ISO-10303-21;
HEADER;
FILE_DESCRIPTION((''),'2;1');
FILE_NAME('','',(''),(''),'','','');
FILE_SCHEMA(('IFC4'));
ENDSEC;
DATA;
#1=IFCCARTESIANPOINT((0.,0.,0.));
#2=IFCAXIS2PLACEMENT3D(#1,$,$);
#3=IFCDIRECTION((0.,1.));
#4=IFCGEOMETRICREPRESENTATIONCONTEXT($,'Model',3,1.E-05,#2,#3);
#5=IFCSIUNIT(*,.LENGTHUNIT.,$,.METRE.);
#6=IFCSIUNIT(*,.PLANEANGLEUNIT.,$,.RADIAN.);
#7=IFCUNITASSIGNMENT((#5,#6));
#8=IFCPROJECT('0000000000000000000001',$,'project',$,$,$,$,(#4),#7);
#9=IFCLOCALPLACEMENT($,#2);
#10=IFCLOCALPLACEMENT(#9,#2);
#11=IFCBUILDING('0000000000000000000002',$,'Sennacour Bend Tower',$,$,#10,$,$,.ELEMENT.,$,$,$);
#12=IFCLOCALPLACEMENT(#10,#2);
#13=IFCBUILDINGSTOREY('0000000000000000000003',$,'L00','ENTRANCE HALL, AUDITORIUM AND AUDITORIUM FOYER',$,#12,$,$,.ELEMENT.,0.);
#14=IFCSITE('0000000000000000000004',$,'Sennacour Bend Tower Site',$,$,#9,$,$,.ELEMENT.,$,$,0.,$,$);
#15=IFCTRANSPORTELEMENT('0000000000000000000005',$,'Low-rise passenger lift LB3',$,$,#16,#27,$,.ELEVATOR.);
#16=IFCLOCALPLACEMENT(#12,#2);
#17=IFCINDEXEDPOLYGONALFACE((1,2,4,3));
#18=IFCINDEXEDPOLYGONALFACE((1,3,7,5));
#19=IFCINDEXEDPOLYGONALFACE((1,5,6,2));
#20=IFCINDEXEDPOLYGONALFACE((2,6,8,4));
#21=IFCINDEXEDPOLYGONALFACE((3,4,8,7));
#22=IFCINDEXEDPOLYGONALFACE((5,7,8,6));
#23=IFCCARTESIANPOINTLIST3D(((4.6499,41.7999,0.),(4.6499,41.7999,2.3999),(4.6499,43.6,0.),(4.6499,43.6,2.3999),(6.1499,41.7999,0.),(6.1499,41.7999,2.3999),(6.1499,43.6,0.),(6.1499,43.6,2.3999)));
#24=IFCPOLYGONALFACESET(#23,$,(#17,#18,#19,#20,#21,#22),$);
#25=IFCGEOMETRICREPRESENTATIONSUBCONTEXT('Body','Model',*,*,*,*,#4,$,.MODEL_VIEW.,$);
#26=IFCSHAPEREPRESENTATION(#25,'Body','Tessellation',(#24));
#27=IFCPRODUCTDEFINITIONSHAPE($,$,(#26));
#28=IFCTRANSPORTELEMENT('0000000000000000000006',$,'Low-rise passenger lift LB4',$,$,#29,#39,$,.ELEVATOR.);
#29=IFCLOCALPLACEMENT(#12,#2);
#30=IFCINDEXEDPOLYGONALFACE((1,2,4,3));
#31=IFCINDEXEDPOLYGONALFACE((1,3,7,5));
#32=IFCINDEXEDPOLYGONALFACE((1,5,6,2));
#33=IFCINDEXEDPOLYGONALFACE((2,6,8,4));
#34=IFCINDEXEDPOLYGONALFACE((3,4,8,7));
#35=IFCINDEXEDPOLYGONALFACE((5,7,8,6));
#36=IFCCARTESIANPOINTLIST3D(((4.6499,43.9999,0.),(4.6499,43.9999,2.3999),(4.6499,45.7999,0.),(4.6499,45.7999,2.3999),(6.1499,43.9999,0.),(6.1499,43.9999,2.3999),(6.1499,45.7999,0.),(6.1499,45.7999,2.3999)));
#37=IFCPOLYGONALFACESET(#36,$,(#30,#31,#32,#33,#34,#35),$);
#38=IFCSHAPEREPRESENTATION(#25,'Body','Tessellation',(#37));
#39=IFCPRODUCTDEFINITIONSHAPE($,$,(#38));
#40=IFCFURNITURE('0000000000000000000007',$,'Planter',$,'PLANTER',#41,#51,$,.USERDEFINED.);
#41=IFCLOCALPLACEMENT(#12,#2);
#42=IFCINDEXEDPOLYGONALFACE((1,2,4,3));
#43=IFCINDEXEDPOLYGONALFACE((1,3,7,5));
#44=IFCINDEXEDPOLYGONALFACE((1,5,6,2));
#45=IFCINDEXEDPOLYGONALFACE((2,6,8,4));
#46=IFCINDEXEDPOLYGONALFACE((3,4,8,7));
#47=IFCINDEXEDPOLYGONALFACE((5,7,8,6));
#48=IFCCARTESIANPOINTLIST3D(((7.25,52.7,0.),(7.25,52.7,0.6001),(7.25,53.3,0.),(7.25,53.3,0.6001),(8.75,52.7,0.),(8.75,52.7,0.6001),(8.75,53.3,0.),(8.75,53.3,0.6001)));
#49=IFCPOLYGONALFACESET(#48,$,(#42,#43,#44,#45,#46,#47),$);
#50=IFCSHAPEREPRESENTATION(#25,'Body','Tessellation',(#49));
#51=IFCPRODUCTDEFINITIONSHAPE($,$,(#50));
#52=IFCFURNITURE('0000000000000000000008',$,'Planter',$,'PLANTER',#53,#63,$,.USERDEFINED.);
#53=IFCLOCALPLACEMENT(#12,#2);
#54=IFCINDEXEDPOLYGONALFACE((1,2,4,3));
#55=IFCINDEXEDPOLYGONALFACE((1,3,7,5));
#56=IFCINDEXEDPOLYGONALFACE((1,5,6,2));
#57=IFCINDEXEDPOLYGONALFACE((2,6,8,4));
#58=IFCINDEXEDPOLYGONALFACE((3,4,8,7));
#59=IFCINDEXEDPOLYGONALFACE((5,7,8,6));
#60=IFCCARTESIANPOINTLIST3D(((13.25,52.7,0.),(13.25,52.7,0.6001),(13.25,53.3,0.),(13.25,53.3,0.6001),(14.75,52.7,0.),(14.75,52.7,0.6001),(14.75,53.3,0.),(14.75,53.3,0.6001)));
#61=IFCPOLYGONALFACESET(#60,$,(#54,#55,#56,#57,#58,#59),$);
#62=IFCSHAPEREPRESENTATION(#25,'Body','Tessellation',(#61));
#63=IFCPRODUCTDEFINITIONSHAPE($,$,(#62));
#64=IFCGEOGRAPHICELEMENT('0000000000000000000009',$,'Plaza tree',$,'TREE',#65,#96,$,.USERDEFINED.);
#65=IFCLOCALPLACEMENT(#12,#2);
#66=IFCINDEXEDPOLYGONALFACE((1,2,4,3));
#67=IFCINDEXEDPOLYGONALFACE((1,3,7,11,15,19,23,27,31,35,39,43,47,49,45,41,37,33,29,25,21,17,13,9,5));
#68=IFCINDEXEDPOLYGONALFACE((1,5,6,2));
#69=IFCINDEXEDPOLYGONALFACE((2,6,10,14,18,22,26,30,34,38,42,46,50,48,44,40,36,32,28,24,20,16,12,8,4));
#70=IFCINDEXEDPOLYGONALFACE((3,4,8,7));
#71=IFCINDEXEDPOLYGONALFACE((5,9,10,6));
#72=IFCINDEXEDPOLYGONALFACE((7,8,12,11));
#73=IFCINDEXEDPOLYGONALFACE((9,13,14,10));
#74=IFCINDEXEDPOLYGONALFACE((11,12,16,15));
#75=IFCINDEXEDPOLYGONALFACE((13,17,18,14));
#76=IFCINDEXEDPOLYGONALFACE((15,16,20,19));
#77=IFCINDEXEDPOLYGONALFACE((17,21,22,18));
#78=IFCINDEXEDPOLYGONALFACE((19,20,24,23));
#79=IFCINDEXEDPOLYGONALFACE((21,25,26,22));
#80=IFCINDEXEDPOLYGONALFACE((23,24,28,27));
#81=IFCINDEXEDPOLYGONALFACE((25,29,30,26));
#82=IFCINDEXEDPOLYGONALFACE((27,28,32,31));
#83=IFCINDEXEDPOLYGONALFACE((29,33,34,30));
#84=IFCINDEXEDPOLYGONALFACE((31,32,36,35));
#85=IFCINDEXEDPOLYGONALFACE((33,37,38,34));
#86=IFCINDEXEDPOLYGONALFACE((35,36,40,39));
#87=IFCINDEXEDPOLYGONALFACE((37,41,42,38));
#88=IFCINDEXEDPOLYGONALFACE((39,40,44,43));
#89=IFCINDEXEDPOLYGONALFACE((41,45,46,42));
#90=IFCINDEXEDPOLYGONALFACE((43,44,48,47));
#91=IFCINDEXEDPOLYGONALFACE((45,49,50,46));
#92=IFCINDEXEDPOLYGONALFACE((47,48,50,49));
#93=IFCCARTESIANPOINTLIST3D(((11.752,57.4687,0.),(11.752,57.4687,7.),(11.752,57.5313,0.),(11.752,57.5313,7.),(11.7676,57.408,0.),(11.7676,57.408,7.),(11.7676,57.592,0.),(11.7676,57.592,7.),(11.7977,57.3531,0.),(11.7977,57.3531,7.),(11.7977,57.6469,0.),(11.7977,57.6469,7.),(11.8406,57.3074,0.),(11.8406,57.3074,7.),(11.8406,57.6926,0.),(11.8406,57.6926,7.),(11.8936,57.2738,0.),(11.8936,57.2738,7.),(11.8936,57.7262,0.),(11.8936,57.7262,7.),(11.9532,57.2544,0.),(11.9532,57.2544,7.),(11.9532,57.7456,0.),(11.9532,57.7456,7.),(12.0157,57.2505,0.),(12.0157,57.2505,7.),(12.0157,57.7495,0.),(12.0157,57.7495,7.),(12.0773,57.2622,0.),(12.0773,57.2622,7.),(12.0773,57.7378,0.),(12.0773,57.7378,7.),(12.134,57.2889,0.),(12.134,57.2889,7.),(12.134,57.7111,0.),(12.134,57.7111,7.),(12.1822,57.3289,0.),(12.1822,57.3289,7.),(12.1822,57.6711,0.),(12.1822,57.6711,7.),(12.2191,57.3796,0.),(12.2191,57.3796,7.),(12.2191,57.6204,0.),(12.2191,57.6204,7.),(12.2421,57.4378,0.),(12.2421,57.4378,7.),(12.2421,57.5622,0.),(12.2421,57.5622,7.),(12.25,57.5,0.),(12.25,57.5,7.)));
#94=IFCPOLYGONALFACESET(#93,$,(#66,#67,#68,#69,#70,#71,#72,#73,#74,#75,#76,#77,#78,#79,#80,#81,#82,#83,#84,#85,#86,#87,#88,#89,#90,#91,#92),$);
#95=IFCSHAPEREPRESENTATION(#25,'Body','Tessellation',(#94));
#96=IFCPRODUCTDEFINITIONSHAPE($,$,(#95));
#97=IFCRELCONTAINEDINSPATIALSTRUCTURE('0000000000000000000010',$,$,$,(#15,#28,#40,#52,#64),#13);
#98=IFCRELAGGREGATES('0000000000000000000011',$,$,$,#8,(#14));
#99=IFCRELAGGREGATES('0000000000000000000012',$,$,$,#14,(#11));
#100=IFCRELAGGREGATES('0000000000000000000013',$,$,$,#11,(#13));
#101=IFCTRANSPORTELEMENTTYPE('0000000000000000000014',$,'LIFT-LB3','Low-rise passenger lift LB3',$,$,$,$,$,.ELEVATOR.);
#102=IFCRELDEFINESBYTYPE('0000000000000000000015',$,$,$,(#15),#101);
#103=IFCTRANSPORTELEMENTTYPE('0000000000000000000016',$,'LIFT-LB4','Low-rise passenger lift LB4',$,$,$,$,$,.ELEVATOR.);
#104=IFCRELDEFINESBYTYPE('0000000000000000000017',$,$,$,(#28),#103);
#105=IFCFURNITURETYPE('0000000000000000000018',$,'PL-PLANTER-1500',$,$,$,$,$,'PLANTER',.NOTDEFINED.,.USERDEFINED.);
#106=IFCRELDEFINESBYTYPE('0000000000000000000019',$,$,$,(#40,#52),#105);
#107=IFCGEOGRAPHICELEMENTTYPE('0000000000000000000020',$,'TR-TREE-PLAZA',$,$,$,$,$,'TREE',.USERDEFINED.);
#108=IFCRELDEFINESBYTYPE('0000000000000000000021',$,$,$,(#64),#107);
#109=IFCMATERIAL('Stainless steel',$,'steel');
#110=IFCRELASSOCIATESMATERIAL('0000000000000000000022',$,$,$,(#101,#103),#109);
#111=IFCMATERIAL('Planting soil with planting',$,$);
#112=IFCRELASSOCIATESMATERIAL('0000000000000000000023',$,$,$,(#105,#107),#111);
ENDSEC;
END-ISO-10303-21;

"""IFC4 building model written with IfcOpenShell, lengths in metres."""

from ifc_helpers import new_model, si_unit, direction, frame, origin, origin_2d, place, context, subcontext, project, spatial, rectangle, circle, extrude, material, type_object, element, save


model = new_model("IFC4")

# Units and contexts
model_context = context("Model", 3, precision=1e-05, world=origin(), true_north=direction((0.0, 1.0)))
body_context = subcontext(model_context, "Body", "Model", "MODEL_VIEW")
ifc_project = project(units=[si_unit("LENGTHUNIT", "METRE"), si_unit("PLANEANGLEUNIT", "RADIAN")], contexts=[model_context])

# Site, building, storey
site_placement = place(None, origin())
site = spatial("IfcSite", under=ifc_project, at=site_placement, Name="Sennacour Bend Tower Site", CompositionType="ELEMENT", RefElevation=0.0)
building_placement = place(site_placement, origin())
building = spatial("IfcBuilding", under=site, at=building_placement, Name="Sennacour Bend Tower", CompositionType="ELEMENT")
storey_placement = place(building_placement, origin())
storey = spatial("IfcBuildingStorey", under=building, at=storey_placement, Name="L00", Description="ENTRANCE HALL, AUDITORIUM AND AUDITORIUM FOYER", CompositionType="ELEMENT", Elevation=0.0)

# Shared definitions
ifc_material_1 = material(Name="Stainless steel", Category="steel")

# Transport elements
transport_element_type_1 = type_object("IfcTransportElementType", Name="LIFT-LB3", Description="Low-rise passenger lift LB3", PredefinedType="ELEVATOR", material=ifc_material_1)
transport_element_1_placement = place(storey_placement, frame((5.3999, 42.7, 0.0), z_axis=(0.0, 0.0, 1.0), x_axis=(1.0, 0.0, 0.0)))
element("IfcTransportElement", 1, at=transport_element_1_placement, inside=storey, type_object=transport_element_type_1, Name="Low-rise passenger lift LB3", PredefinedType="ELEVATOR", context=body_context, shape_type="SweptSolid", body=[
    extrude(rectangle(XDim=1.5, YDim=1.8, at=origin_2d()), origin(), (0.0, 0.0, 1.0), 2.3999),
])
transport_element_type_2 = type_object("IfcTransportElementType", Name="LIFT-LB4", Description="Low-rise passenger lift LB4", PredefinedType="ELEVATOR", material=ifc_material_1)
transport_element_2_placement = place(storey_placement, frame((5.3999, 44.8999, 0.0), z_axis=(0.0, 0.0, 1.0), x_axis=(1.0, 0.0, 0.0)))
element("IfcTransportElement", 2, at=transport_element_2_placement, inside=storey, type_object=transport_element_type_2, Name="Low-rise passenger lift LB4", PredefinedType="ELEVATOR", context=body_context, shape_type="SweptSolid", body=[
    extrude(rectangle(XDim=1.5, YDim=1.8, at=origin_2d()), origin(), (0.0, 0.0, 1.0), 2.3999),
])

# Furniture
ifc_material_2 = material(Name="Planting soil with planting")
furniture_type = type_object("IfcFurnitureType", Name="PL-PLANTER-1500", ElementType="PLANTER", AssemblyPlace="NOTDEFINED", PredefinedType="USERDEFINED", material=ifc_material_2)
for number, where, z_axis, x_axis, name in (
    (3, (8.0, 53.0, 0.0), (0.0, 0.0, 1.0), (1.0, 0.0, 0.0), "Planter"),
    (4, (14.0, 53.0, 0.0), (0.0, 0.0, 1.0), (1.0, 0.0, 0.0), "Planter"),
):
    element("IfcFurniture", number, at=place(storey_placement, frame(where, z_axis=z_axis, x_axis=x_axis)), inside=storey, type_object=furniture_type, Name=name, ObjectType="PLANTER", PredefinedType="USERDEFINED", context=body_context, shape_type="SweptSolid", body=[
        extrude(rectangle(XDim=1.5, YDim=0.6001, at=origin_2d()), origin(), (0.0, 0.0, 1.0), 0.6001),
    ])

# Geographic element
geographic_element_type = type_object("IfcGeographicElementType", Name="TR-TREE-PLAZA", ElementType="TREE", PredefinedType="USERDEFINED", material=ifc_material_2)
geographic_element_placement = place(storey_placement, frame((12.0, 57.5, 7.0), z_axis=(0.0, 0.0, -1.0), x_axis=(1.0, 0.0, 0.0)))
element("IfcGeographicElement", 5, at=geographic_element_placement, inside=storey, type_object=geographic_element_type, Name="Plaza tree", ObjectType="TREE", PredefinedType="USERDEFINED", context=body_context, shape_type="SweptSolid", body=[
    extrude(circle(Radius=0.25, at=origin_2d()), origin(), (0.0, 0.0, 1.0), 7.0),
])

save(model, "model.ifc")
